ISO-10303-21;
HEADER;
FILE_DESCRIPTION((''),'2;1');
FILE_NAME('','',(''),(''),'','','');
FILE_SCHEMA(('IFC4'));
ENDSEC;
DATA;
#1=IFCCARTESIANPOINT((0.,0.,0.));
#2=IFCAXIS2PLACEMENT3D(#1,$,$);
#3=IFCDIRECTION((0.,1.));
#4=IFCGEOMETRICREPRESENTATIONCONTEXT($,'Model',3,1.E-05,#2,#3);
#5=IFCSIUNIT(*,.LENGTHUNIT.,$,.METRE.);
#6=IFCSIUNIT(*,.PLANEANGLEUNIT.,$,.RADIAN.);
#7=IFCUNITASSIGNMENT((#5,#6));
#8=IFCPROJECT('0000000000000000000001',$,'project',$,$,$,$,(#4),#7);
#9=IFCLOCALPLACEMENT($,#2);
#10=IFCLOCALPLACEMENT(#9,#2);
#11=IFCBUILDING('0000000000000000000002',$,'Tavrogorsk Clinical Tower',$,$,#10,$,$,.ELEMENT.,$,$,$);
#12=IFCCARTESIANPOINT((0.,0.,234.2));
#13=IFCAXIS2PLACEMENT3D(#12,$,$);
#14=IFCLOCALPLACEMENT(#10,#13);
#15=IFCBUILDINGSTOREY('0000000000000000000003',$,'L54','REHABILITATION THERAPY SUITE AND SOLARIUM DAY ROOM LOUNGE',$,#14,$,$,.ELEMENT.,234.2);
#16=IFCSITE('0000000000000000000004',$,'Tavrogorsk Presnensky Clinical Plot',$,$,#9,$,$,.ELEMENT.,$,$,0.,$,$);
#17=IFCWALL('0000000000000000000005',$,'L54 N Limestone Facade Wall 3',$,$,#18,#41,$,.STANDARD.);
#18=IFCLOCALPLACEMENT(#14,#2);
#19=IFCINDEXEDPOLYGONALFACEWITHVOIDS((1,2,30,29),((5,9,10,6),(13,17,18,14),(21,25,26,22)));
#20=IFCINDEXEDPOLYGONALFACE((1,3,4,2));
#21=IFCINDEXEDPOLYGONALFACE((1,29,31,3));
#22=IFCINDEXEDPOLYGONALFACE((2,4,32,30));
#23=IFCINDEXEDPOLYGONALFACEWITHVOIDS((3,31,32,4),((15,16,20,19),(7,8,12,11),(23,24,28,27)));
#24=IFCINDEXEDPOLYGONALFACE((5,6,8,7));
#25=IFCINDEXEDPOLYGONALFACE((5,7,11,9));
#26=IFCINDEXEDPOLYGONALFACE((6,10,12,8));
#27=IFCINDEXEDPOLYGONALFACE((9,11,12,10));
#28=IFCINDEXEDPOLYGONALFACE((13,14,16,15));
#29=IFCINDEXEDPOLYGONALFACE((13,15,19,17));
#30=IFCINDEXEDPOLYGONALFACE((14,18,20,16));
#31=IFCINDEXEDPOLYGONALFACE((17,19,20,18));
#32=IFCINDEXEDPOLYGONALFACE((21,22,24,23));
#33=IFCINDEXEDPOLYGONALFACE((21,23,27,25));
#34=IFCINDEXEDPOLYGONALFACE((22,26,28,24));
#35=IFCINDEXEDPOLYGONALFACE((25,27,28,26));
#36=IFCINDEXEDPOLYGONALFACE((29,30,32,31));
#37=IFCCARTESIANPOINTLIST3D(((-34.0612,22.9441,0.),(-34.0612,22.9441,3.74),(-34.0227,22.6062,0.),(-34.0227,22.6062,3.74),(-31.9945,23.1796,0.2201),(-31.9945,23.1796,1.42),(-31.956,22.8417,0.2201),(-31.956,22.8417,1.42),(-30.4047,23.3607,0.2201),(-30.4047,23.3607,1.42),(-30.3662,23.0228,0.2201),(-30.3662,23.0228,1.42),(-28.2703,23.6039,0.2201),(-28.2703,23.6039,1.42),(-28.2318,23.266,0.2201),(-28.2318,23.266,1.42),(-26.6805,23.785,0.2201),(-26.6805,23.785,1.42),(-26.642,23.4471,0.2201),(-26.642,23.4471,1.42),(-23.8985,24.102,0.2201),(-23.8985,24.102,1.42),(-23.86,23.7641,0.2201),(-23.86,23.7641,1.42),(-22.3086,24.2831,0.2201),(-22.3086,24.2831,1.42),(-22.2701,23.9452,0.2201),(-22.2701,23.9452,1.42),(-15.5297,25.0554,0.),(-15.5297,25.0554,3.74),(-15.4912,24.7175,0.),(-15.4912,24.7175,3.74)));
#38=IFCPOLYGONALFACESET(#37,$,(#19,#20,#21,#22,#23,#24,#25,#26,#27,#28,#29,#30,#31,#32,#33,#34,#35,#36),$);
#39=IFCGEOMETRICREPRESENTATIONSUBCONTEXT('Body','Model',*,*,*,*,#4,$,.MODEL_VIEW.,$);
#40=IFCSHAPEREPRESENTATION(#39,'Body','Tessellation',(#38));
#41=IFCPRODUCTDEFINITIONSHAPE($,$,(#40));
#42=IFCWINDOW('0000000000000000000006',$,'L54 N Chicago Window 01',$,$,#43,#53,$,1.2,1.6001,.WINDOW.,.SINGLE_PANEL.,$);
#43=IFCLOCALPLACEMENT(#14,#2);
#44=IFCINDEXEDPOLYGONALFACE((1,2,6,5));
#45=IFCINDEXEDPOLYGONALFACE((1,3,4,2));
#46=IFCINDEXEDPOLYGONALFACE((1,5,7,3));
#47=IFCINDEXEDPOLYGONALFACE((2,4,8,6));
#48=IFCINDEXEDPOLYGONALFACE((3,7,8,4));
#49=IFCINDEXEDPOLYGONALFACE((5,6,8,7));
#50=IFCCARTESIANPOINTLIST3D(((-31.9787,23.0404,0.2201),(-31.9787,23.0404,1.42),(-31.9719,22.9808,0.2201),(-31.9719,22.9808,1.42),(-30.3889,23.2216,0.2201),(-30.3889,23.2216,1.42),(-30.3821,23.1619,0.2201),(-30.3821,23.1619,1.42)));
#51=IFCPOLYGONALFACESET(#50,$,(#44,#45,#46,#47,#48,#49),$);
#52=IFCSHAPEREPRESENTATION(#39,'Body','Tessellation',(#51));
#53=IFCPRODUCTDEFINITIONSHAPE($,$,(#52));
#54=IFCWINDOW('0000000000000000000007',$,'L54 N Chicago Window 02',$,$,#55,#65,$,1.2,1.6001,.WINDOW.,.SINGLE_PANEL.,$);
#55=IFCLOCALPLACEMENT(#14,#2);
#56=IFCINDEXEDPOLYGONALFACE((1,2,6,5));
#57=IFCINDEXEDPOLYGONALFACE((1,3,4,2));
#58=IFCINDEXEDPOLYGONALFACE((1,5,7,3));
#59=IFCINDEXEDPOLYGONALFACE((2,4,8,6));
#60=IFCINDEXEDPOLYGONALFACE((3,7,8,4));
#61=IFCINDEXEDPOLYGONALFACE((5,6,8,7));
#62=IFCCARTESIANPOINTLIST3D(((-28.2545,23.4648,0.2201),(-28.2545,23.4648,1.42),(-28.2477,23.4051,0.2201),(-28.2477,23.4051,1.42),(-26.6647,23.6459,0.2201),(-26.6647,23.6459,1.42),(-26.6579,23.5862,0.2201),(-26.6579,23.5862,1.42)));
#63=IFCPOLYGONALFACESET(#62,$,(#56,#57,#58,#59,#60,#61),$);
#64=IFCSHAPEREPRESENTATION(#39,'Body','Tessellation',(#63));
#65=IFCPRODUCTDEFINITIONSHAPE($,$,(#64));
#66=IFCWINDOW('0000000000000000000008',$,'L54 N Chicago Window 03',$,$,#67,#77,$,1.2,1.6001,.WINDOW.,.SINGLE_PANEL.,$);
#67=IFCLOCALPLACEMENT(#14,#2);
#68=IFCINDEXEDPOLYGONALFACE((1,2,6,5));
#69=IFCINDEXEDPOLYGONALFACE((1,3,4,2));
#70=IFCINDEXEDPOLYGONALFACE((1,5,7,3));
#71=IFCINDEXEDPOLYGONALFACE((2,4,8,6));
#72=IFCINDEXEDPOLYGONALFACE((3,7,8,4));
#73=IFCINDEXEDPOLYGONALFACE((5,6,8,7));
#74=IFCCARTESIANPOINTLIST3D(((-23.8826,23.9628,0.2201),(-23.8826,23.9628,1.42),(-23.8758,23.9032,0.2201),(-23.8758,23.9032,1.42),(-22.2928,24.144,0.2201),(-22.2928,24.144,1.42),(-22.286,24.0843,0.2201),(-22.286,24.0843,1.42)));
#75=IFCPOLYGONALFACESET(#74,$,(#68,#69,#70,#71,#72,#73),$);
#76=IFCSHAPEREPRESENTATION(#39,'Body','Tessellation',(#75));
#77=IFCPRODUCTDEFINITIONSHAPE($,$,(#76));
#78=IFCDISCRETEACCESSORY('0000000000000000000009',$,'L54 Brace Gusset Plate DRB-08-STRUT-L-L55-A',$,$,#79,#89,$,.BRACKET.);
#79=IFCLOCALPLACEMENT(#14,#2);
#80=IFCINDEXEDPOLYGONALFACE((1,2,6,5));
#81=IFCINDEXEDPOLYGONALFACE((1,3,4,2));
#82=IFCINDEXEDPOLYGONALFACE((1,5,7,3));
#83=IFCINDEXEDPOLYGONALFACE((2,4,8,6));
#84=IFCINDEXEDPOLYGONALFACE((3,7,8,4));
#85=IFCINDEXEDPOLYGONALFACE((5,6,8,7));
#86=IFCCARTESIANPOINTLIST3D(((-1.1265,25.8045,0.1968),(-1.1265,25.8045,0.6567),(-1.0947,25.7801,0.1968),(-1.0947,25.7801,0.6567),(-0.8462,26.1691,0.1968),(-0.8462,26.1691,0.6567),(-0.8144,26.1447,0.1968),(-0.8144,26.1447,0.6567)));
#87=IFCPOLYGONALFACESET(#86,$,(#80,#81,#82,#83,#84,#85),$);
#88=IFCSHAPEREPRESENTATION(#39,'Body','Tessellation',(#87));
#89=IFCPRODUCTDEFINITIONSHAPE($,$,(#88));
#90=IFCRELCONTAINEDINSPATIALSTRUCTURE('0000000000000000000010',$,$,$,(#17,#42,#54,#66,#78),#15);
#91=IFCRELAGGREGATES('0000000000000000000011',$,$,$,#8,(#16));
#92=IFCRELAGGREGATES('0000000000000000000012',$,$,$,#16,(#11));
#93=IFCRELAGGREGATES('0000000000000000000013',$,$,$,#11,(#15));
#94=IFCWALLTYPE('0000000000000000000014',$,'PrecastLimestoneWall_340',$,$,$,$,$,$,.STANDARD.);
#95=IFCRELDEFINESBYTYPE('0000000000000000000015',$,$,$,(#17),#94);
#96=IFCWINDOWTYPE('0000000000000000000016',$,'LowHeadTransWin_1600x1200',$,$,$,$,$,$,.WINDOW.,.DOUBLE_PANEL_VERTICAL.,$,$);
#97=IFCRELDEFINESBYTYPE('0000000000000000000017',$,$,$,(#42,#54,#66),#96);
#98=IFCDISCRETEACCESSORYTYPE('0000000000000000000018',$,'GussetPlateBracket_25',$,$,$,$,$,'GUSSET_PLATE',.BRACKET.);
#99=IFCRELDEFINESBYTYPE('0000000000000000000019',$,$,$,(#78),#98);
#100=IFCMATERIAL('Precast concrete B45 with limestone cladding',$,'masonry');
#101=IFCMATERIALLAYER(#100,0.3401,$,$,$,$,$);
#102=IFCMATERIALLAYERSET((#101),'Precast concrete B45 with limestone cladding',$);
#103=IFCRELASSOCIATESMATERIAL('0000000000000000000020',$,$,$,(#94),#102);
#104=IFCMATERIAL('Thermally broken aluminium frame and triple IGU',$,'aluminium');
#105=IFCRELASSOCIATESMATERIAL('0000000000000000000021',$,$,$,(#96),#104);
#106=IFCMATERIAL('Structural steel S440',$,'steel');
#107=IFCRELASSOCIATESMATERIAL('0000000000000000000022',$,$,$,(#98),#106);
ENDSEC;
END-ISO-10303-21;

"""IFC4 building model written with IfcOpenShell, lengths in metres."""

from ifc_helpers import new_model, si_unit, direction, frame, frame_2d, origin, origin_2d, place, context, subcontext, project, spatial, rectangle, extrude, material, layer, layer_set, type_object, element, fill, save


model = new_model("IFC4")

# Units and contexts
model_context = context("Model", 3, precision=1e-05, world=origin(), true_north=direction((0.0, 1.0)))
body_context = subcontext(model_context, "Body", "Model", "MODEL_VIEW")
ifc_project = project(units=[si_unit("LENGTHUNIT", "METRE"), si_unit("PLANEANGLEUNIT", "RADIAN")], contexts=[model_context])

# Site, building, storey
site_placement = place(None, origin())
site = spatial("IfcSite", under=ifc_project, at=site_placement, Name="Tavrogorsk Presnensky Clinical Plot", CompositionType="ELEMENT", RefElevation=0.0)
building_placement = place(site_placement, origin())
building = spatial("IfcBuilding", under=site, at=building_placement, Name="Tavrogorsk Clinical Tower", CompositionType="ELEMENT")
storey_placement = place(building_placement, frame((0.0, 0.0, 234.2)))
storey = spatial("IfcBuildingStorey", under=building, at=storey_placement, Name="L54", Description="REHABILITATION THERAPY SUITE AND SOLARIUM DAY ROOM LOUNGE", CompositionType="ELEMENT", Elevation=234.2)

# Wall, openings, windows
ifc_material_1 = material(Name="Precast concrete B45 with limestone cladding", Category="masonry")
ifc_layer_1 = layer(ifc_material_1, 0.3401)
ifc_layer_set_1 = layer_set([ifc_layer_1], Name="Precast concrete B45 with limestone cladding")
wall_type_1 = type_object("IfcWallType", Name="PrecastLimestoneWall_340", PredefinedType="STANDARD", material=ifc_layer_set_1)
wall_1_placement = place(storey_placement, frame((-15.5105, 24.8865, 0.0), z_axis=(0.0, 0.0, 1.0), x_axis=(-0.993572, -0.1132, 0.0)))
wall_1 = element("IfcWall", 1, at=wall_1_placement, inside=storey, type_object=wall_type_1, Name="L54 N Limestone Facade Wall 3", PredefinedType="STANDARD", context=body_context, shape_type="SweptSolid", body=[
    extrude(rectangle(XDim=18.6514, YDim=0.3401, at=frame_2d((9.3257, 0.0))), origin(), (0.0, 0.0, 1.0), 3.74),
])
opening_1_placement = place(wall_1_placement, frame((14.9712, 0.0, 0.22)))
opening_1 = element("IfcOpeningElement", 2, at=opening_1_placement, cuts=wall_1, PredefinedType="OPENING", context=body_context, shape_type="SweptSolid", body=[
    extrude(rectangle(XDim=1.6001, YDim=1.2, at=frame_2d((0.8, 0.6001))), frame((0.0, 0.1799, 0.0), z_axis=(0.0, -1.0, 0.0), x_axis=(1.0, 0.0, 0.0)), (0.0, 0.0, 1.0), 0.3601),
])
opening_2_placement = place(wall_1_placement, frame((11.2229, 0.0, 0.22)))
opening_2 = element("IfcOpeningElement", 3, at=opening_2_placement, cuts=wall_1, PredefinedType="OPENING", context=body_context, shape_type="SweptSolid", body=[
    extrude(rectangle(XDim=1.6001, YDim=1.2, at=frame_2d((0.8, 0.6001))), frame((0.0, 0.1799, 0.0), z_axis=(0.0, -1.0, 0.0), x_axis=(1.0, 0.0, 0.0)), (0.0, 0.0, 1.0), 0.3601),
])
opening_3_placement = place(wall_1_placement, frame((6.8228, 0.0, 0.22)))
opening_3 = element("IfcOpeningElement", 4, at=opening_3_placement, cuts=wall_1, PredefinedType="OPENING", context=body_context, shape_type="SweptSolid", body=[
    extrude(rectangle(XDim=1.6001, YDim=1.2, at=frame_2d((0.8, 0.6001))), frame((0.0, 0.1799, 0.0), z_axis=(0.0, -1.0, 0.0), x_axis=(1.0, 0.0, 0.0)), (0.0, 0.0, 1.0), 0.3601),
])
ifc_material_2 = material(Name="Thermally broken aluminium frame and triple IGU", Category="aluminium")
window_type = type_object("IfcWindowType", Name="LowHeadTransWin_1600x1200", PartitioningType="DOUBLE_PANEL_VERTICAL", PredefinedType="WINDOW", material=ifc_material_2)
window_1_placement = place(opening_1_placement, origin())
window_1 = element("IfcWindow", 5, at=window_1_placement, inside=storey, type_object=window_type, Name="L54 N Chicago Window 01", OverallHeight=1.2, OverallWidth=1.6001, PartitioningType="SINGLE_PANEL", PredefinedType="WINDOW", context=body_context, shape_type="SweptSolid", body=[
    extrude(rectangle(XDim=1.6001, YDim=1.2, at=frame_2d((0.8, 0.6001))), frame((0.0, 0.03, 0.0), z_axis=(0.0, -1.0, 0.0), x_axis=(1.0, 0.0, 0.0)), (0.0, 0.0, 1.0), 0.0601),
])
fill(opening_1, window_1)
window_2_placement = place(opening_2_placement, origin())
window_2 = element("IfcWindow", 6, at=window_2_placement, inside=storey, type_object=window_type, Name="L54 N Chicago Window 02", OverallHeight=1.2, OverallWidth=1.6001, PartitioningType="SINGLE_PANEL", PredefinedType="WINDOW", context=body_context, shape_type="SweptSolid", body=[
    extrude(rectangle(XDim=1.6001, YDim=1.2, at=frame_2d((0.8, 0.6001))), frame((0.0, 0.03, 0.0), z_axis=(0.0, -1.0, 0.0), x_axis=(1.0, 0.0, 0.0)), (0.0, 0.0, 1.0), 0.0601),
])
fill(opening_2, window_2)
window_3_placement = place(opening_3_placement, origin())
window_3 = element("IfcWindow", 7, at=window_3_placement, inside=storey, type_object=window_type, Name="L54 N Chicago Window 03", OverallHeight=1.2, OverallWidth=1.6001, PartitioningType="SINGLE_PANEL", PredefinedType="WINDOW", context=body_context, shape_type="SweptSolid", body=[
    extrude(rectangle(XDim=1.6001, YDim=1.2, at=frame_2d((0.8, 0.6001))), frame((0.0, 0.03, 0.0), z_axis=(0.0, -1.0, 0.0), x_axis=(1.0, 0.0, 0.0)), (0.0, 0.0, 1.0), 0.0601),
])
fill(opening_3, window_3)

# Discrete accessory
ifc_material_3 = material(Name="Structural steel S440", Category="steel")
discrete_accessory_type = type_object("IfcDiscreteAccessoryType", Name="GussetPlateBracket_25", ElementType="GUSSET_PLATE", PredefinedType="BRACKET", material=ifc_material_3)
discrete_accessory_placement = place(storey_placement, frame((-0.9705, 25.9746, 0.1968), z_axis=(0.0, 0.0, 1.0), x_axis=(0.609454, 0.792822, 0.0)))
element("IfcDiscreteAccessory", 8, at=discrete_accessory_placement, inside=storey, type_object=discrete_accessory_type, Name="L54 Brace Gusset Plate DRB-08-STRUT-L-L55-A", PredefinedType="BRACKET", context=body_context, shape_type="SweptSolid", body=[
    extrude(rectangle(XDim=0.46, YDim=0.04, at=origin_2d()), origin(), (0.0, 0.0, 1.0), 0.46),
])

save(model, "model.ifc")
